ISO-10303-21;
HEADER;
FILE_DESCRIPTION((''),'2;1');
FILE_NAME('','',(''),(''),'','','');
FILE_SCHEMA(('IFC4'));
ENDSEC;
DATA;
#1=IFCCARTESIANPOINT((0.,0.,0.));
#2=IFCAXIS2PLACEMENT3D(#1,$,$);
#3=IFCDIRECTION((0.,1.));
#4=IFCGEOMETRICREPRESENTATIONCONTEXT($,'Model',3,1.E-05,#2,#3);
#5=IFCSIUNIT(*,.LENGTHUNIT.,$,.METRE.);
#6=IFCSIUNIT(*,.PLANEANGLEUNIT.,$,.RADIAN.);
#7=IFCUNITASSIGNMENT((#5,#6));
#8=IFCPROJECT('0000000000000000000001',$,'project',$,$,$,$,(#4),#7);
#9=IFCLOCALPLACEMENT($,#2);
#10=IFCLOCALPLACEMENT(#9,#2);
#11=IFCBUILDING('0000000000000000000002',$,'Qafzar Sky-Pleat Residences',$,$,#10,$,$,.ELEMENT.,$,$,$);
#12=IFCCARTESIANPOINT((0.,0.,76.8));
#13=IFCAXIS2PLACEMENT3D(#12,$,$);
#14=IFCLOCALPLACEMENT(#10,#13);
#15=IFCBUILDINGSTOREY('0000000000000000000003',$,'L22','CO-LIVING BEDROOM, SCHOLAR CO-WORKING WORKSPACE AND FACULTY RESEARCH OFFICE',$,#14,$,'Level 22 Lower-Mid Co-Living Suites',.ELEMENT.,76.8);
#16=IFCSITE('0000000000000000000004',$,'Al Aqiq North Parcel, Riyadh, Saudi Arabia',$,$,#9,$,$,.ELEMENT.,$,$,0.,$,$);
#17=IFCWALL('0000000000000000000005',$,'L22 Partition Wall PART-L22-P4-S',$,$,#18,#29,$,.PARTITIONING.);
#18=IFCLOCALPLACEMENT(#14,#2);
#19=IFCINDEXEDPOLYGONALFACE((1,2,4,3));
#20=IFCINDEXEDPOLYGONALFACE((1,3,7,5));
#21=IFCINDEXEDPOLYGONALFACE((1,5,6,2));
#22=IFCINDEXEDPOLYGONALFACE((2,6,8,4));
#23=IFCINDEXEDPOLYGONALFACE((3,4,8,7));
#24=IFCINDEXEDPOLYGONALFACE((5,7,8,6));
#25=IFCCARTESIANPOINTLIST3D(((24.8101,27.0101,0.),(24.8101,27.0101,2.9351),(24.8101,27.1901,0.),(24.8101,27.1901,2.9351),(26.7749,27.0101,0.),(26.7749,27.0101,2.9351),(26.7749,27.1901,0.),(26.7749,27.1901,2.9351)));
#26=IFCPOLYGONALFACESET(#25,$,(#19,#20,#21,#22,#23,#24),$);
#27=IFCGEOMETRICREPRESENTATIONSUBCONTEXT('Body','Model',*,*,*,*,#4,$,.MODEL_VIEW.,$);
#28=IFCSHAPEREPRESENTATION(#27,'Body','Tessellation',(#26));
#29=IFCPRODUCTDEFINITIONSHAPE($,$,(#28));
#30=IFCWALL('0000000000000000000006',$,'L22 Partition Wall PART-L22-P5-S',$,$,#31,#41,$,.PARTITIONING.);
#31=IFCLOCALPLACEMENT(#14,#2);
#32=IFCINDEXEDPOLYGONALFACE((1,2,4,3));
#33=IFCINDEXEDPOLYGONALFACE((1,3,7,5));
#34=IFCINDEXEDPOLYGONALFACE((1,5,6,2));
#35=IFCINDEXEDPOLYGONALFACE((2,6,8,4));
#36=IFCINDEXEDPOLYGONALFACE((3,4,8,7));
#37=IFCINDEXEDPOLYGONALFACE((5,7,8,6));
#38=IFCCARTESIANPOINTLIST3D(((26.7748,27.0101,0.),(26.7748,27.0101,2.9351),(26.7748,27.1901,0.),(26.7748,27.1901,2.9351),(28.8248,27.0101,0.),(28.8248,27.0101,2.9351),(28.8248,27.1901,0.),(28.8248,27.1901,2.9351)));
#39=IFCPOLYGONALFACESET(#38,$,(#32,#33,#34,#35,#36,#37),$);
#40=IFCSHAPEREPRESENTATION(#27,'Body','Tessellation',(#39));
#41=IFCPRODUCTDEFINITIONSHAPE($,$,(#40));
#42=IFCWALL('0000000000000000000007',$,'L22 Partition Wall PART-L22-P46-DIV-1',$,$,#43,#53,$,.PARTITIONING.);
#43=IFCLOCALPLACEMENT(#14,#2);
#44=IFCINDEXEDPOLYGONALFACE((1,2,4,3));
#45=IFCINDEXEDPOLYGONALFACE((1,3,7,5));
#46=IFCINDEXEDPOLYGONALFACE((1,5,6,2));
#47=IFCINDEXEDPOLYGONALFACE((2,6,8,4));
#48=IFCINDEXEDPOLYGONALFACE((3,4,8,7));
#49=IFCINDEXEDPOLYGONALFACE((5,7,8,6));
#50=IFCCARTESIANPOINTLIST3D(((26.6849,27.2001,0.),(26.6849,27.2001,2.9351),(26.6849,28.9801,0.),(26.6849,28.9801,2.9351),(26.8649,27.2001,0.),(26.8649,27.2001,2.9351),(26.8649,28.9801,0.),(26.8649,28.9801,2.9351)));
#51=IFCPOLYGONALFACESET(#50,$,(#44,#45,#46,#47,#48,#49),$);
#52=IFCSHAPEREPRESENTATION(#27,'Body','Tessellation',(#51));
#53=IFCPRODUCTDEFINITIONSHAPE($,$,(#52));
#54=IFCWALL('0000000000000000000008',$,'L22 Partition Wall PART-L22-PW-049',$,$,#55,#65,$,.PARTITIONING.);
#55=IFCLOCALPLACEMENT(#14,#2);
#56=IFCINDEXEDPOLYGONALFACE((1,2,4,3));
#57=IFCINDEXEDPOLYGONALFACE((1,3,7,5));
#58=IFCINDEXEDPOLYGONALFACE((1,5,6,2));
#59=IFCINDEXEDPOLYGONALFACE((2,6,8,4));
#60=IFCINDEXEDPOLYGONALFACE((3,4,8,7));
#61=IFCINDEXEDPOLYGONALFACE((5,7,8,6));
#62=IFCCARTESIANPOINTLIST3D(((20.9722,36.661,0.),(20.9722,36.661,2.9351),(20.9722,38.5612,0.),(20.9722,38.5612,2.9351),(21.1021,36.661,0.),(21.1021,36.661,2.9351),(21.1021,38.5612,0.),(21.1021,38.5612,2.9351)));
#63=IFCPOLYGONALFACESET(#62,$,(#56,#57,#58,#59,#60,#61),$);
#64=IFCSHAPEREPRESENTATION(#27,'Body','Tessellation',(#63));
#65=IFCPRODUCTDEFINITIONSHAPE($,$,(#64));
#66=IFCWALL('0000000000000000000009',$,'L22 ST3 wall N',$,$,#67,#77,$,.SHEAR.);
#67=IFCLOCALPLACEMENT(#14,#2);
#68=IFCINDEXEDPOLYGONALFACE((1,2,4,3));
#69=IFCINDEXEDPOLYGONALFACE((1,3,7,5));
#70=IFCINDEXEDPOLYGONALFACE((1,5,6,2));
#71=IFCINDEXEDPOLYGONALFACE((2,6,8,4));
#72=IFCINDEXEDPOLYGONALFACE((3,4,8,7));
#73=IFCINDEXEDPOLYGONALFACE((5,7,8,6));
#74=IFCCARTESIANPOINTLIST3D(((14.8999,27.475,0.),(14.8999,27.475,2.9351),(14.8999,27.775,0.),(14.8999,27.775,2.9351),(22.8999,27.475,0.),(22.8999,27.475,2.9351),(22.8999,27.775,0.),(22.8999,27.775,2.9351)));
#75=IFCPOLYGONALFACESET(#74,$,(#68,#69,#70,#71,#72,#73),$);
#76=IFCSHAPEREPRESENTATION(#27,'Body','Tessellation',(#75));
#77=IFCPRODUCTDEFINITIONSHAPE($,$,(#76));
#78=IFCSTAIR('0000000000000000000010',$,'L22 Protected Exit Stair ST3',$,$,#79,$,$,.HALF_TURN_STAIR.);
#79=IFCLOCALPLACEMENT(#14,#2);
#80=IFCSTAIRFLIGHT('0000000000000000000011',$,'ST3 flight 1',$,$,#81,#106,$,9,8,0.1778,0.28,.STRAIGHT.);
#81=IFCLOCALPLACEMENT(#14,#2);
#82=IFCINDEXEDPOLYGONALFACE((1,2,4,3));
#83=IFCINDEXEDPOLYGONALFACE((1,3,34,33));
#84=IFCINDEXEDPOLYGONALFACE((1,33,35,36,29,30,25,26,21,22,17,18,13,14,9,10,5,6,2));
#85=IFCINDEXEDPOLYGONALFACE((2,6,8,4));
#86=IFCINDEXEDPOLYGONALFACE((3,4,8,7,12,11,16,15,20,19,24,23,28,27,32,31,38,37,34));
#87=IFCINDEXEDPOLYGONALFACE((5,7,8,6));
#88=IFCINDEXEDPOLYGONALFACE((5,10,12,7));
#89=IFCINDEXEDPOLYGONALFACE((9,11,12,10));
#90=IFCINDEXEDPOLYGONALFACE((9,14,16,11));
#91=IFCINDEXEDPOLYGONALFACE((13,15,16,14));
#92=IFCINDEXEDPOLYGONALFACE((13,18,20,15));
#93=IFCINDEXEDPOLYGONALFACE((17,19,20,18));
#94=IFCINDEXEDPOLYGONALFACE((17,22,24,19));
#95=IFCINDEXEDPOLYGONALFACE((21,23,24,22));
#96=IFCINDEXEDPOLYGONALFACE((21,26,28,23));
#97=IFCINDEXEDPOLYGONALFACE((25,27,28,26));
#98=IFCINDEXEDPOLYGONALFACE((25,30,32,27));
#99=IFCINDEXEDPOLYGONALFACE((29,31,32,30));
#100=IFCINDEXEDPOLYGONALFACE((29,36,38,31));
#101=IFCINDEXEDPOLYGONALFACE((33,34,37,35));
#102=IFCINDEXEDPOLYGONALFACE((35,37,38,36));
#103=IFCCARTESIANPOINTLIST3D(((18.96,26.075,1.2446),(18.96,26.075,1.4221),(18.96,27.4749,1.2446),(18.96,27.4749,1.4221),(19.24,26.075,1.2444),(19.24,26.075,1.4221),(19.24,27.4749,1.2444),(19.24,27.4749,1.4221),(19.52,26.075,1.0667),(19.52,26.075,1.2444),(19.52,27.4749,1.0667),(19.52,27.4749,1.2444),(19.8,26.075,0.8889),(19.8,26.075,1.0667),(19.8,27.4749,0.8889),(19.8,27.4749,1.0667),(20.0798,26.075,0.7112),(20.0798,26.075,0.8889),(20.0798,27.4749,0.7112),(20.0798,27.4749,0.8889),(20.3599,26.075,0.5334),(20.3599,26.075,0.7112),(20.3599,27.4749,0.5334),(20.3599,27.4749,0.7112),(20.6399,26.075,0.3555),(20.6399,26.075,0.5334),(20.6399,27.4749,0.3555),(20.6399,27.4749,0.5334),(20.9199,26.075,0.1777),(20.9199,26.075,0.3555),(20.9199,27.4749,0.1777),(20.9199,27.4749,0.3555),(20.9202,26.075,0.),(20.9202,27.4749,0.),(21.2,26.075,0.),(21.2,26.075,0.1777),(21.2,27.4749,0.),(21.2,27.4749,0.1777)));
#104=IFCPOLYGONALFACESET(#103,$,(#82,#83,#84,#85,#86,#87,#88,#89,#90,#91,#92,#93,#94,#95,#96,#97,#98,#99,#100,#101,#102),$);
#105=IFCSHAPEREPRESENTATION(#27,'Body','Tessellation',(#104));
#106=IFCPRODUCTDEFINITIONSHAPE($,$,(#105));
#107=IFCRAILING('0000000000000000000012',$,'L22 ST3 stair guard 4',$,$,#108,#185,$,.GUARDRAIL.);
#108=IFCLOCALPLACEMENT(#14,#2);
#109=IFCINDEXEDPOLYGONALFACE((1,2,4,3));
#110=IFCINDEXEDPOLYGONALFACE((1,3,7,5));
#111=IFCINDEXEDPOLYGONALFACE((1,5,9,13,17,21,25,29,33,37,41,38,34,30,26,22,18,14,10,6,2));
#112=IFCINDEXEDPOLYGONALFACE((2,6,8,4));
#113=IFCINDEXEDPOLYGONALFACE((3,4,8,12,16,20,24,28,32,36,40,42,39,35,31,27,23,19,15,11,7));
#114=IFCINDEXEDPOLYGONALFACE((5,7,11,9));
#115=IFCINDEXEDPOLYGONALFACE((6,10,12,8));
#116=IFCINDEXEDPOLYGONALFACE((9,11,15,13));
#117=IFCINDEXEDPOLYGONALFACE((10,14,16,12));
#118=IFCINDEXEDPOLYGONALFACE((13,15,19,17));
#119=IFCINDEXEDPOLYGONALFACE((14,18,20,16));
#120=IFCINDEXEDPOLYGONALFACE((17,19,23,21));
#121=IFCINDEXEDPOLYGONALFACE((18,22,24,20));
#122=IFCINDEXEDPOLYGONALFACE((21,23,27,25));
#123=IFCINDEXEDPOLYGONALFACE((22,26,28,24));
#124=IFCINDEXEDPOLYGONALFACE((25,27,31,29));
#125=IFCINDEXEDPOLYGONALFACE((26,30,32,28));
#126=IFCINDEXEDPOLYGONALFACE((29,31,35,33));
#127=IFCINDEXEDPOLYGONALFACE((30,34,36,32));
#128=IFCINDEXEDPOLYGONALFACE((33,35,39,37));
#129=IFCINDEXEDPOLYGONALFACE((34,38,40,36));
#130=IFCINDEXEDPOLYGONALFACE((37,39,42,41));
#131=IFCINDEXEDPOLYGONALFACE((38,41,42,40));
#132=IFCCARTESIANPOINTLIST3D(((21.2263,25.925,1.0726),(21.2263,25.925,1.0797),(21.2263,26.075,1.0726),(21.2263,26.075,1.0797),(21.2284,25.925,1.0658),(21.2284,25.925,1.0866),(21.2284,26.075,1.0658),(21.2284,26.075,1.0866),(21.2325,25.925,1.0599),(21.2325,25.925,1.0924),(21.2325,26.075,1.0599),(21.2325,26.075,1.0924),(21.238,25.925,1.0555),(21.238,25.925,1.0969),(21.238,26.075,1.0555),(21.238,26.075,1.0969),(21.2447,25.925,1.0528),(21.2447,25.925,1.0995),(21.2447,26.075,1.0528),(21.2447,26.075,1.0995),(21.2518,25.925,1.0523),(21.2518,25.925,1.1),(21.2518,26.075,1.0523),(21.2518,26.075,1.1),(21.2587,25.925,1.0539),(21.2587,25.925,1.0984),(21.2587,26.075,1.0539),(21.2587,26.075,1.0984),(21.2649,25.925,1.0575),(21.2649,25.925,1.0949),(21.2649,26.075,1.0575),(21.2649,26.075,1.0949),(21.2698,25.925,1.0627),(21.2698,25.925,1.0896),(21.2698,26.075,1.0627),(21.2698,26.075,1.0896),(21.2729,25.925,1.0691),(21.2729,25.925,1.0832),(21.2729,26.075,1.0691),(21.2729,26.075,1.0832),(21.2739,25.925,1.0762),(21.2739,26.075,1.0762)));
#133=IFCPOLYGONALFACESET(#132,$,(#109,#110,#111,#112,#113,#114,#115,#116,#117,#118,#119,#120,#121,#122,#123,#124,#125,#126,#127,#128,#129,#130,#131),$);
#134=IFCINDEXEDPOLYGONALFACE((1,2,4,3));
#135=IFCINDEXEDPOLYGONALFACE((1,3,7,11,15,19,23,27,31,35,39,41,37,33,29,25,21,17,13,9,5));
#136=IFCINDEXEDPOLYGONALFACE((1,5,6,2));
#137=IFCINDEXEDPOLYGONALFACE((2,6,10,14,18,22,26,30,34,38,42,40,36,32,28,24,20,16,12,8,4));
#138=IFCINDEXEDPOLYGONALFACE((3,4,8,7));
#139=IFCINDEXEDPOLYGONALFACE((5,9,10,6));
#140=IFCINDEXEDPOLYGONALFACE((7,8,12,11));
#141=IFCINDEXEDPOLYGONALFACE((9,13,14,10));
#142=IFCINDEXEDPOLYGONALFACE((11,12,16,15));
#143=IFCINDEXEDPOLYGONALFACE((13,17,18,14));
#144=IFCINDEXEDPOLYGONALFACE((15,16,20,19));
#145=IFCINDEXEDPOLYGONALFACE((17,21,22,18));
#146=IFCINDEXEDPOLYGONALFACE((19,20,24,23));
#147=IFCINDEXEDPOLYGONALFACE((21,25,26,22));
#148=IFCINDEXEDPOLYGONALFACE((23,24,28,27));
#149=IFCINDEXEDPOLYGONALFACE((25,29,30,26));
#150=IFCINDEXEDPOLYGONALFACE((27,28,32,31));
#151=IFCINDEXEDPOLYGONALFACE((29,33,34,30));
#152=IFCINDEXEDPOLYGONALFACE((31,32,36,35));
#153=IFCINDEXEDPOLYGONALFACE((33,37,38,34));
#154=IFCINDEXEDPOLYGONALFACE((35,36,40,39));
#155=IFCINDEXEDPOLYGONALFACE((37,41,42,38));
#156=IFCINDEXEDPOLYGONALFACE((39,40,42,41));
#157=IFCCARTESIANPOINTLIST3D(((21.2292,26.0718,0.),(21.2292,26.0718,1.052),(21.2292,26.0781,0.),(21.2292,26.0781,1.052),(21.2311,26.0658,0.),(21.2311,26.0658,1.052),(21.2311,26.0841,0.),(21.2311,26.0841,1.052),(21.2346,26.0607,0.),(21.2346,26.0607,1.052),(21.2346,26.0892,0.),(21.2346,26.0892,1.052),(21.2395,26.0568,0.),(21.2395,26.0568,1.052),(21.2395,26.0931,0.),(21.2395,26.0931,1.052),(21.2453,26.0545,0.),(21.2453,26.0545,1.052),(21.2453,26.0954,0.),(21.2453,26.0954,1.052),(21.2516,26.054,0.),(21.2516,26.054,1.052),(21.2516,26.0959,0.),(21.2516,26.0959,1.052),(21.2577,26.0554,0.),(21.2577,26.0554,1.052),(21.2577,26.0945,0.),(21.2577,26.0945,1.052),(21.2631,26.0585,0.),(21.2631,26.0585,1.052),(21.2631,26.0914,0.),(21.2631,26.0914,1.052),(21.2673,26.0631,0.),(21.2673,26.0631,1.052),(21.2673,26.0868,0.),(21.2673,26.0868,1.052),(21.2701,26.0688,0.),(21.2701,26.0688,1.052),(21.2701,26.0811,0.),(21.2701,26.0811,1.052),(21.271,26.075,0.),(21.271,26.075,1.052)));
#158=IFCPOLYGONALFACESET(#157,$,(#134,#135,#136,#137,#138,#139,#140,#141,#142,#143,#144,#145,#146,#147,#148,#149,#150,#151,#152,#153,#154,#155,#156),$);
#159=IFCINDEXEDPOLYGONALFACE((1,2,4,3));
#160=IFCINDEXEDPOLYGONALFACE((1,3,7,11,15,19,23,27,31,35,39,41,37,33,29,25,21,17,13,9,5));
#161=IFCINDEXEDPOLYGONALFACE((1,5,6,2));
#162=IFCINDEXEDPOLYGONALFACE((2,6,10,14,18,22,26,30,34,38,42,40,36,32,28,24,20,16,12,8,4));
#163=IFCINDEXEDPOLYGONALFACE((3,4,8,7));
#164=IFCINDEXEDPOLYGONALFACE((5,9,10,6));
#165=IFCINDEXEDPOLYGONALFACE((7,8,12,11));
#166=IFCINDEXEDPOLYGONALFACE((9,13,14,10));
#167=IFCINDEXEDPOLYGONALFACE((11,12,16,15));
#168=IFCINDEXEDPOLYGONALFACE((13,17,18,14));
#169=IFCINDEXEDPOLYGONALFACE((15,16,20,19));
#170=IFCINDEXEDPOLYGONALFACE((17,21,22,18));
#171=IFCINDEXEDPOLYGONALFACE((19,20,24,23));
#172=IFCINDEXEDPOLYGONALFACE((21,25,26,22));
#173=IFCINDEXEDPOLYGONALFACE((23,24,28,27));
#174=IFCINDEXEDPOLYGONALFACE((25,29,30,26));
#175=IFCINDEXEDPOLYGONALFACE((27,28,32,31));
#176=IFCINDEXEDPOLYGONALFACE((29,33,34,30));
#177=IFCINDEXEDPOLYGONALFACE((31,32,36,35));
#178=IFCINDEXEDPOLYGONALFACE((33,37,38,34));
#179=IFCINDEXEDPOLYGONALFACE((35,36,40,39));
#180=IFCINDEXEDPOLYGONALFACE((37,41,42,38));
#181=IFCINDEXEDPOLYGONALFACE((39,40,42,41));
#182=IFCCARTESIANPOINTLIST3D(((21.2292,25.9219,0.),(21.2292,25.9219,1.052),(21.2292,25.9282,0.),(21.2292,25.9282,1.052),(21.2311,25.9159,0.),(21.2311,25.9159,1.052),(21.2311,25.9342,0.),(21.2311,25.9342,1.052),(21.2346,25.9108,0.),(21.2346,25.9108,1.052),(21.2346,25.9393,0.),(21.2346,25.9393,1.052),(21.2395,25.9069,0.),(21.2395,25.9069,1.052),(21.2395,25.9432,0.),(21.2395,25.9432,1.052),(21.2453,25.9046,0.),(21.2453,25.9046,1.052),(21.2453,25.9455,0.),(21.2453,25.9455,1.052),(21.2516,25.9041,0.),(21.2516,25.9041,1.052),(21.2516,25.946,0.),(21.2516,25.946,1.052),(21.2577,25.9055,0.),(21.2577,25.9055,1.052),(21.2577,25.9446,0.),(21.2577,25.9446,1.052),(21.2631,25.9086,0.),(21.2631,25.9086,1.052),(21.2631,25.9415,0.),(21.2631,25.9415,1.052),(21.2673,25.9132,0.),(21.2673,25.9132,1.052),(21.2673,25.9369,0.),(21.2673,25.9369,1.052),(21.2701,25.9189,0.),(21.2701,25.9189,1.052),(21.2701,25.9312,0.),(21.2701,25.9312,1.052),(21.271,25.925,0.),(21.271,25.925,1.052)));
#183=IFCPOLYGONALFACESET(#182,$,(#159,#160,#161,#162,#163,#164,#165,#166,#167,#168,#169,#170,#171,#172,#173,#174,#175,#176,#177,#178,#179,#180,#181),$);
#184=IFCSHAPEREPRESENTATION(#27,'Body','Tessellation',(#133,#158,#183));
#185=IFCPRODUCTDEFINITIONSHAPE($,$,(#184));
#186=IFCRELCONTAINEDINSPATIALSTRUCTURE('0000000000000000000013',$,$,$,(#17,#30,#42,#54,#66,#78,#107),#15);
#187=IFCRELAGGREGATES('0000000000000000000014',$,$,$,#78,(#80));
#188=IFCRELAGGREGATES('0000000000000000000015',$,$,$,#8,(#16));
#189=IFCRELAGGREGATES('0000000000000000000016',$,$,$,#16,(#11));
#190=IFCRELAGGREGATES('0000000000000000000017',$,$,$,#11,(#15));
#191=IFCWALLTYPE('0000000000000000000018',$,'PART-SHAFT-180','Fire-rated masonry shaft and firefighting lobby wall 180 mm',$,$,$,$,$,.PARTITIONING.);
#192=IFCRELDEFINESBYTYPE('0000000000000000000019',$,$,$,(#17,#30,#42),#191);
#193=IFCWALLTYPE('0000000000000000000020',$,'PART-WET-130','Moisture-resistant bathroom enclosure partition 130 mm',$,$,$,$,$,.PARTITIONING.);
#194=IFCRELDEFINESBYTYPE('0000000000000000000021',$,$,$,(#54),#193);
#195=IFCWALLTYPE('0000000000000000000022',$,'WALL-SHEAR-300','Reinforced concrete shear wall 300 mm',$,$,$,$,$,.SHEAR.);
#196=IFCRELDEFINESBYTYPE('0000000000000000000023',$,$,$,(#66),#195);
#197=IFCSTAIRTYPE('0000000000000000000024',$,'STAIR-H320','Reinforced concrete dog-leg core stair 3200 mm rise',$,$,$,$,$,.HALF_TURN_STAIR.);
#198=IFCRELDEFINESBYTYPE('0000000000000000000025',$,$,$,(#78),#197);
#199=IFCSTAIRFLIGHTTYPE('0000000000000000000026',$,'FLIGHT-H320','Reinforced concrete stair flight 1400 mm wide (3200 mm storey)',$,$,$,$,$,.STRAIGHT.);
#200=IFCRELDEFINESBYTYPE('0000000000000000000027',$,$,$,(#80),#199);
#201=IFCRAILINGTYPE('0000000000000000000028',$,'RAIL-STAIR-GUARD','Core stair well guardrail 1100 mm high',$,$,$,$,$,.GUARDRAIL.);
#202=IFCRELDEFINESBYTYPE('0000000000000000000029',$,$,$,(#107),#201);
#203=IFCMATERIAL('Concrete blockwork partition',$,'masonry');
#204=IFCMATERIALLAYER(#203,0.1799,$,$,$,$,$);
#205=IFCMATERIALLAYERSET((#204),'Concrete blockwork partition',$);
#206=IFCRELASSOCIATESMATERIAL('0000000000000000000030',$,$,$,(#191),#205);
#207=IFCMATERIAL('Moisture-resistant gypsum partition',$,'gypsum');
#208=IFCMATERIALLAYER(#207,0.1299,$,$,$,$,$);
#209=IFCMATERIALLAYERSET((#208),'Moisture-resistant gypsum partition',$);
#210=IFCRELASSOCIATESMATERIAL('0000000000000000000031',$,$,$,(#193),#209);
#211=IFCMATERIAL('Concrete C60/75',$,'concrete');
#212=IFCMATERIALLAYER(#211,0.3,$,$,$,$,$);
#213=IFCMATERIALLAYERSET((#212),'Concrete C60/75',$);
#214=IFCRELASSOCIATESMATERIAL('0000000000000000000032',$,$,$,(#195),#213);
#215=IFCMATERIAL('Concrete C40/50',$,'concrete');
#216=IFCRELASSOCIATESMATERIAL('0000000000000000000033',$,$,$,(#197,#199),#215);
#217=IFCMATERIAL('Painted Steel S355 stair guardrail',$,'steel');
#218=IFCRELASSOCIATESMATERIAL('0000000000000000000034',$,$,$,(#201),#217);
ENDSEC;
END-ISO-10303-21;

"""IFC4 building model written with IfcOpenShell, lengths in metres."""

from ifc_helpers import new_model, si_unit, direction, frame, frame_2d, origin, origin_2d, place, context, subcontext, project, spatial, polyline, rectangle, circle, outline, extrude, source, transform, mapped, material, layer, layer_set, type_object, element, aggregate, save


model = new_model("IFC4")

# Units and contexts
model_context = context("Model", 3, precision=1e-05, world=origin(), true_north=direction((0.0, 1.0)))
body_context = subcontext(model_context, "Body", "Model", "MODEL_VIEW")
ifc_project = project(units=[si_unit("LENGTHUNIT", "METRE"), si_unit("PLANEANGLEUNIT", "RADIAN")], contexts=[model_context])

# Site, building, storey
site_placement = place(None, origin())
site = spatial("IfcSite", under=ifc_project, at=site_placement, Name="Al Aqiq North Parcel, Riyadh, Saudi Arabia", CompositionType="ELEMENT", RefElevation=0.0)
building_placement = place(site_placement, origin())
building = spatial("IfcBuilding", under=site, at=building_placement, Name="Qafzar Sky-Pleat Residences", CompositionType="ELEMENT")
storey_placement = place(building_placement, frame((0.0, 0.0, 76.8)))
storey = spatial("IfcBuildingStorey", under=building, at=storey_placement, Name="L22", Description="CO-LIVING BEDROOM, SCHOLAR CO-WORKING WORKSPACE AND FACULTY RESEARCH OFFICE", LongName="Level 22 Lower-Mid Co-Living Suites", CompositionType="ELEMENT", Elevation=76.8)

# Walls
ifc_material_1 = material(Name="Concrete blockwork partition", Category="masonry")
ifc_layer_1 = layer(ifc_material_1, 0.1799)
ifc_layer_set_1 = layer_set([ifc_layer_1], Name="Concrete blockwork partition")
wall_type_1 = type_object("IfcWallType", Name="PART-SHAFT-180", Description="Fire-rated masonry shaft and firefighting lobby wall 180 mm", PredefinedType="PARTITIONING", material=ifc_layer_set_1)
wall_1_placement = place(storey_placement, frame((24.8101, 27.1001, 0.0), z_axis=(0.0, 0.0, 1.0), x_axis=(1.0, 0.0, 0.0)))
element("IfcWall", 1, at=wall_1_placement, inside=storey, type_object=wall_type_1, Name="L22 Partition Wall PART-L22-P4-S", PredefinedType="PARTITIONING", context=body_context, shape_type="SweptSolid", body=[
    extrude(rectangle(XDim=1.9648, YDim=0.1799, at=frame_2d((0.9824, 0.0))), origin(), (0.0, 0.0, 1.0), 2.9351),
])
wall_2_placement = place(storey_placement, frame((26.7749, 27.1001, 0.0), z_axis=(0.0, 0.0, 1.0), x_axis=(1.0, 0.0, 0.0)))
element("IfcWall", 2, at=wall_2_placement, inside=storey, type_object=wall_type_1, Name="L22 Partition Wall PART-L22-P5-S", PredefinedType="PARTITIONING", context=body_context, shape_type="SweptSolid", body=[
    extrude(rectangle(XDim=2.05, YDim=0.1799, at=frame_2d((1.0249, 0.0))), origin(), (0.0, 0.0, 1.0), 2.9351),
])
wall_3_placement = place(storey_placement, frame((26.7749, 27.2, 0.0), z_axis=(0.0, 0.0, 1.0), x_axis=(0.0, 1.0, 0.0)))
element("IfcWall", 3, at=wall_3_placement, inside=storey, type_object=wall_type_1, Name="L22 Partition Wall PART-L22-P46-DIV-1", PredefinedType="PARTITIONING", context=body_context, shape_type="SweptSolid", body=[
    extrude(rectangle(XDim=1.78, YDim=0.1799, at=frame_2d((0.8901, 0.0))), origin(), (0.0, 0.0, 1.0), 2.9351),
])
ifc_material_2 = material(Name="Moisture-resistant gypsum partition", Category="gypsum")
ifc_layer_2 = layer(ifc_material_2, 0.1299)
ifc_layer_set_2 = layer_set([ifc_layer_2], Name="Moisture-resistant gypsum partition")
wall_type_2 = type_object("IfcWallType", Name="PART-WET-130", Description="Moisture-resistant bathroom enclosure partition 130 mm", PredefinedType="PARTITIONING", material=ifc_layer_set_2)
wall_4_placement = place(storey_placement, frame((21.0371, 36.6609, 0.0), z_axis=(0.0, 0.0, 1.0), x_axis=(0.0, 1.0, 0.0)))
element("IfcWall", 4, at=wall_4_placement, inside=storey, type_object=wall_type_2, Name="L22 Partition Wall PART-L22-PW-049", PredefinedType="PARTITIONING", context=body_context, shape_type="SweptSolid", body=[
    extrude(rectangle(XDim=1.9001, YDim=0.1299, at=frame_2d((0.9502, 0.0))), origin(), (0.0, 0.0, 1.0), 2.9351),
])

# Shared definitions
ifc_material_3 = material(Name="Concrete C60/75", Category="concrete")
ifc_layer_3 = layer(ifc_material_3, 0.3)
ifc_layer_set_3 = layer_set([ifc_layer_3], Name="Concrete C60/75")
wall_type_3 = type_object("IfcWallType", Name="WALL-SHEAR-300", Description="Reinforced concrete shear wall 300 mm", PredefinedType="SHEAR", material=ifc_layer_set_3)

# Wall
wall_5_placement = place(storey_placement, frame((22.8999, 27.625, 0.0), z_axis=(0.0, 0.0, 1.0), x_axis=(-1.0, 0.0, 0.0)))
element("IfcWall", 5, at=wall_5_placement, inside=storey, type_object=wall_type_3, Name="L22 ST3 wall N", PredefinedType="SHEAR", context=body_context, shape_type="SweptSolid", body=[
    extrude(rectangle(XDim=8.0, YDim=0.3, at=frame_2d((4.0, 0.0))), origin(), (0.0, 0.0, 1.0), 2.9351),
])

# Stair, stair flight
ifc_material_4 = material(Name="Concrete C40/50", Category="concrete")
stair_type = type_object("IfcStairType", Name="STAIR-H320", Description="Reinforced concrete dog-leg core stair 3200 mm rise", PredefinedType="HALF_TURN_STAIR", material=ifc_material_4)
stair_placement = place(storey_placement, origin())
stair = element("IfcStair", 6, at=stair_placement, inside=storey, type_object=stair_type, Name="L22 Protected Exit Stair ST3", PredefinedType="HALF_TURN_STAIR")
stair_flight_type = type_object("IfcStairFlightType", Name="FLIGHT-H320", Description="Reinforced concrete stair flight 1400 mm wide (3200 mm storey)", PredefinedType="STRAIGHT", material=ifc_material_4)
shared_shape_1 = source(origin(), body_context, "Body", "SweptSolid", [
    extrude(outline(polyline([(0.0, 0.0), (0.0, 0.1777), (0.28, 0.1777), (0.28, 0.3555), (0.5601, 0.3555), (0.5601, 0.5334), (0.8401, 0.5334), (0.8401, 0.7112), (1.1201, 0.7112), (1.1201, 0.8889), (1.3999, 0.8889), (1.3999, 1.0667), (1.6799, 1.0667), (1.6799, 1.2444), (1.96, 1.2444), (1.96, 1.4221), (2.24, 1.4221), (2.24, 1.6001), (2.24, 1.2446), (0.2798, 0.0), (0.0, 0.0)])), frame((0.0, 0.7, 0.0), z_axis=(0.0, -1.0, 0.0), x_axis=(1.0, 0.0, 0.0)), (0.0, 0.0, 1.0), 1.3999),
])
stair_flight_placement = place(storey_placement, frame((21.2, 26.7749, 0.0), z_axis=(0.0, 0.0, 1.0), x_axis=(-1.0, 0.0, 0.0)))
stair_flight = element("IfcStairFlight", 7, at=stair_flight_placement, type_object=stair_flight_type, Name="ST3 flight 1", NumberOfRisers=9, NumberOfTreads=8, PredefinedType="STRAIGHT", RiserHeight=0.1778, TreadLength=0.28, context=body_context, shape_type="MappedRepresentation", body=[
    mapped(shared_shape_1, transform((0.0, 0.0, 0.0), x_axis=(1.0, 0.0, 0.0), y_axis=(0.0, 1.0, 0.0), z_axis=(0.0, 0.0, 1.0), scale=1.0)),
])
aggregate(stair, [stair_flight])

# Railing
ifc_material_5 = material(Name="Painted Steel S355 stair guardrail", Category="steel")
railing_type_1 = type_object("IfcRailingType", Name="RAIL-STAIR-GUARD", Description="Core stair well guardrail 1100 mm high", PredefinedType="GUARDRAIL", material=ifc_material_5)
shared_shape_2 = source(origin(), body_context, "Body", "SweptSolid", [
    extrude(circle(Radius=0.0239, at=origin_2d()), frame((0.0, 0.0, 1.0762), z_axis=(0.0, -1.0, 0.0), x_axis=(1.0, 0.0, 0.0)), (0.0, 0.0, 1.0), 0.1499),
    extrude(circle(Radius=0.021, at=origin_2d()), origin(), (0.0, 0.0, 1.0), 1.052),
    extrude(circle(Radius=0.021, at=origin_2d()), frame((0.0, -0.1499, 0.0)), (0.0, 0.0, 1.0), 1.052),
])
railing_1_placement = place(storey_placement, frame((21.25, 26.075, 0.0)))
element("IfcRailing", 8, at=railing_1_placement, inside=storey, type_object=railing_type_1, Name="L22 ST3 stair guard 4", PredefinedType="GUARDRAIL", context=body_context, shape_type="MappedRepresentation", body=[
    mapped(shared_shape_2, transform((0.0, 0.0, 0.0), x_axis=(1.0, 0.0, 0.0), y_axis=(0.0, 1.0, 0.0), z_axis=(0.0, 0.0, 1.0), scale=1.0)),
])

save(model, "model.ifc")
